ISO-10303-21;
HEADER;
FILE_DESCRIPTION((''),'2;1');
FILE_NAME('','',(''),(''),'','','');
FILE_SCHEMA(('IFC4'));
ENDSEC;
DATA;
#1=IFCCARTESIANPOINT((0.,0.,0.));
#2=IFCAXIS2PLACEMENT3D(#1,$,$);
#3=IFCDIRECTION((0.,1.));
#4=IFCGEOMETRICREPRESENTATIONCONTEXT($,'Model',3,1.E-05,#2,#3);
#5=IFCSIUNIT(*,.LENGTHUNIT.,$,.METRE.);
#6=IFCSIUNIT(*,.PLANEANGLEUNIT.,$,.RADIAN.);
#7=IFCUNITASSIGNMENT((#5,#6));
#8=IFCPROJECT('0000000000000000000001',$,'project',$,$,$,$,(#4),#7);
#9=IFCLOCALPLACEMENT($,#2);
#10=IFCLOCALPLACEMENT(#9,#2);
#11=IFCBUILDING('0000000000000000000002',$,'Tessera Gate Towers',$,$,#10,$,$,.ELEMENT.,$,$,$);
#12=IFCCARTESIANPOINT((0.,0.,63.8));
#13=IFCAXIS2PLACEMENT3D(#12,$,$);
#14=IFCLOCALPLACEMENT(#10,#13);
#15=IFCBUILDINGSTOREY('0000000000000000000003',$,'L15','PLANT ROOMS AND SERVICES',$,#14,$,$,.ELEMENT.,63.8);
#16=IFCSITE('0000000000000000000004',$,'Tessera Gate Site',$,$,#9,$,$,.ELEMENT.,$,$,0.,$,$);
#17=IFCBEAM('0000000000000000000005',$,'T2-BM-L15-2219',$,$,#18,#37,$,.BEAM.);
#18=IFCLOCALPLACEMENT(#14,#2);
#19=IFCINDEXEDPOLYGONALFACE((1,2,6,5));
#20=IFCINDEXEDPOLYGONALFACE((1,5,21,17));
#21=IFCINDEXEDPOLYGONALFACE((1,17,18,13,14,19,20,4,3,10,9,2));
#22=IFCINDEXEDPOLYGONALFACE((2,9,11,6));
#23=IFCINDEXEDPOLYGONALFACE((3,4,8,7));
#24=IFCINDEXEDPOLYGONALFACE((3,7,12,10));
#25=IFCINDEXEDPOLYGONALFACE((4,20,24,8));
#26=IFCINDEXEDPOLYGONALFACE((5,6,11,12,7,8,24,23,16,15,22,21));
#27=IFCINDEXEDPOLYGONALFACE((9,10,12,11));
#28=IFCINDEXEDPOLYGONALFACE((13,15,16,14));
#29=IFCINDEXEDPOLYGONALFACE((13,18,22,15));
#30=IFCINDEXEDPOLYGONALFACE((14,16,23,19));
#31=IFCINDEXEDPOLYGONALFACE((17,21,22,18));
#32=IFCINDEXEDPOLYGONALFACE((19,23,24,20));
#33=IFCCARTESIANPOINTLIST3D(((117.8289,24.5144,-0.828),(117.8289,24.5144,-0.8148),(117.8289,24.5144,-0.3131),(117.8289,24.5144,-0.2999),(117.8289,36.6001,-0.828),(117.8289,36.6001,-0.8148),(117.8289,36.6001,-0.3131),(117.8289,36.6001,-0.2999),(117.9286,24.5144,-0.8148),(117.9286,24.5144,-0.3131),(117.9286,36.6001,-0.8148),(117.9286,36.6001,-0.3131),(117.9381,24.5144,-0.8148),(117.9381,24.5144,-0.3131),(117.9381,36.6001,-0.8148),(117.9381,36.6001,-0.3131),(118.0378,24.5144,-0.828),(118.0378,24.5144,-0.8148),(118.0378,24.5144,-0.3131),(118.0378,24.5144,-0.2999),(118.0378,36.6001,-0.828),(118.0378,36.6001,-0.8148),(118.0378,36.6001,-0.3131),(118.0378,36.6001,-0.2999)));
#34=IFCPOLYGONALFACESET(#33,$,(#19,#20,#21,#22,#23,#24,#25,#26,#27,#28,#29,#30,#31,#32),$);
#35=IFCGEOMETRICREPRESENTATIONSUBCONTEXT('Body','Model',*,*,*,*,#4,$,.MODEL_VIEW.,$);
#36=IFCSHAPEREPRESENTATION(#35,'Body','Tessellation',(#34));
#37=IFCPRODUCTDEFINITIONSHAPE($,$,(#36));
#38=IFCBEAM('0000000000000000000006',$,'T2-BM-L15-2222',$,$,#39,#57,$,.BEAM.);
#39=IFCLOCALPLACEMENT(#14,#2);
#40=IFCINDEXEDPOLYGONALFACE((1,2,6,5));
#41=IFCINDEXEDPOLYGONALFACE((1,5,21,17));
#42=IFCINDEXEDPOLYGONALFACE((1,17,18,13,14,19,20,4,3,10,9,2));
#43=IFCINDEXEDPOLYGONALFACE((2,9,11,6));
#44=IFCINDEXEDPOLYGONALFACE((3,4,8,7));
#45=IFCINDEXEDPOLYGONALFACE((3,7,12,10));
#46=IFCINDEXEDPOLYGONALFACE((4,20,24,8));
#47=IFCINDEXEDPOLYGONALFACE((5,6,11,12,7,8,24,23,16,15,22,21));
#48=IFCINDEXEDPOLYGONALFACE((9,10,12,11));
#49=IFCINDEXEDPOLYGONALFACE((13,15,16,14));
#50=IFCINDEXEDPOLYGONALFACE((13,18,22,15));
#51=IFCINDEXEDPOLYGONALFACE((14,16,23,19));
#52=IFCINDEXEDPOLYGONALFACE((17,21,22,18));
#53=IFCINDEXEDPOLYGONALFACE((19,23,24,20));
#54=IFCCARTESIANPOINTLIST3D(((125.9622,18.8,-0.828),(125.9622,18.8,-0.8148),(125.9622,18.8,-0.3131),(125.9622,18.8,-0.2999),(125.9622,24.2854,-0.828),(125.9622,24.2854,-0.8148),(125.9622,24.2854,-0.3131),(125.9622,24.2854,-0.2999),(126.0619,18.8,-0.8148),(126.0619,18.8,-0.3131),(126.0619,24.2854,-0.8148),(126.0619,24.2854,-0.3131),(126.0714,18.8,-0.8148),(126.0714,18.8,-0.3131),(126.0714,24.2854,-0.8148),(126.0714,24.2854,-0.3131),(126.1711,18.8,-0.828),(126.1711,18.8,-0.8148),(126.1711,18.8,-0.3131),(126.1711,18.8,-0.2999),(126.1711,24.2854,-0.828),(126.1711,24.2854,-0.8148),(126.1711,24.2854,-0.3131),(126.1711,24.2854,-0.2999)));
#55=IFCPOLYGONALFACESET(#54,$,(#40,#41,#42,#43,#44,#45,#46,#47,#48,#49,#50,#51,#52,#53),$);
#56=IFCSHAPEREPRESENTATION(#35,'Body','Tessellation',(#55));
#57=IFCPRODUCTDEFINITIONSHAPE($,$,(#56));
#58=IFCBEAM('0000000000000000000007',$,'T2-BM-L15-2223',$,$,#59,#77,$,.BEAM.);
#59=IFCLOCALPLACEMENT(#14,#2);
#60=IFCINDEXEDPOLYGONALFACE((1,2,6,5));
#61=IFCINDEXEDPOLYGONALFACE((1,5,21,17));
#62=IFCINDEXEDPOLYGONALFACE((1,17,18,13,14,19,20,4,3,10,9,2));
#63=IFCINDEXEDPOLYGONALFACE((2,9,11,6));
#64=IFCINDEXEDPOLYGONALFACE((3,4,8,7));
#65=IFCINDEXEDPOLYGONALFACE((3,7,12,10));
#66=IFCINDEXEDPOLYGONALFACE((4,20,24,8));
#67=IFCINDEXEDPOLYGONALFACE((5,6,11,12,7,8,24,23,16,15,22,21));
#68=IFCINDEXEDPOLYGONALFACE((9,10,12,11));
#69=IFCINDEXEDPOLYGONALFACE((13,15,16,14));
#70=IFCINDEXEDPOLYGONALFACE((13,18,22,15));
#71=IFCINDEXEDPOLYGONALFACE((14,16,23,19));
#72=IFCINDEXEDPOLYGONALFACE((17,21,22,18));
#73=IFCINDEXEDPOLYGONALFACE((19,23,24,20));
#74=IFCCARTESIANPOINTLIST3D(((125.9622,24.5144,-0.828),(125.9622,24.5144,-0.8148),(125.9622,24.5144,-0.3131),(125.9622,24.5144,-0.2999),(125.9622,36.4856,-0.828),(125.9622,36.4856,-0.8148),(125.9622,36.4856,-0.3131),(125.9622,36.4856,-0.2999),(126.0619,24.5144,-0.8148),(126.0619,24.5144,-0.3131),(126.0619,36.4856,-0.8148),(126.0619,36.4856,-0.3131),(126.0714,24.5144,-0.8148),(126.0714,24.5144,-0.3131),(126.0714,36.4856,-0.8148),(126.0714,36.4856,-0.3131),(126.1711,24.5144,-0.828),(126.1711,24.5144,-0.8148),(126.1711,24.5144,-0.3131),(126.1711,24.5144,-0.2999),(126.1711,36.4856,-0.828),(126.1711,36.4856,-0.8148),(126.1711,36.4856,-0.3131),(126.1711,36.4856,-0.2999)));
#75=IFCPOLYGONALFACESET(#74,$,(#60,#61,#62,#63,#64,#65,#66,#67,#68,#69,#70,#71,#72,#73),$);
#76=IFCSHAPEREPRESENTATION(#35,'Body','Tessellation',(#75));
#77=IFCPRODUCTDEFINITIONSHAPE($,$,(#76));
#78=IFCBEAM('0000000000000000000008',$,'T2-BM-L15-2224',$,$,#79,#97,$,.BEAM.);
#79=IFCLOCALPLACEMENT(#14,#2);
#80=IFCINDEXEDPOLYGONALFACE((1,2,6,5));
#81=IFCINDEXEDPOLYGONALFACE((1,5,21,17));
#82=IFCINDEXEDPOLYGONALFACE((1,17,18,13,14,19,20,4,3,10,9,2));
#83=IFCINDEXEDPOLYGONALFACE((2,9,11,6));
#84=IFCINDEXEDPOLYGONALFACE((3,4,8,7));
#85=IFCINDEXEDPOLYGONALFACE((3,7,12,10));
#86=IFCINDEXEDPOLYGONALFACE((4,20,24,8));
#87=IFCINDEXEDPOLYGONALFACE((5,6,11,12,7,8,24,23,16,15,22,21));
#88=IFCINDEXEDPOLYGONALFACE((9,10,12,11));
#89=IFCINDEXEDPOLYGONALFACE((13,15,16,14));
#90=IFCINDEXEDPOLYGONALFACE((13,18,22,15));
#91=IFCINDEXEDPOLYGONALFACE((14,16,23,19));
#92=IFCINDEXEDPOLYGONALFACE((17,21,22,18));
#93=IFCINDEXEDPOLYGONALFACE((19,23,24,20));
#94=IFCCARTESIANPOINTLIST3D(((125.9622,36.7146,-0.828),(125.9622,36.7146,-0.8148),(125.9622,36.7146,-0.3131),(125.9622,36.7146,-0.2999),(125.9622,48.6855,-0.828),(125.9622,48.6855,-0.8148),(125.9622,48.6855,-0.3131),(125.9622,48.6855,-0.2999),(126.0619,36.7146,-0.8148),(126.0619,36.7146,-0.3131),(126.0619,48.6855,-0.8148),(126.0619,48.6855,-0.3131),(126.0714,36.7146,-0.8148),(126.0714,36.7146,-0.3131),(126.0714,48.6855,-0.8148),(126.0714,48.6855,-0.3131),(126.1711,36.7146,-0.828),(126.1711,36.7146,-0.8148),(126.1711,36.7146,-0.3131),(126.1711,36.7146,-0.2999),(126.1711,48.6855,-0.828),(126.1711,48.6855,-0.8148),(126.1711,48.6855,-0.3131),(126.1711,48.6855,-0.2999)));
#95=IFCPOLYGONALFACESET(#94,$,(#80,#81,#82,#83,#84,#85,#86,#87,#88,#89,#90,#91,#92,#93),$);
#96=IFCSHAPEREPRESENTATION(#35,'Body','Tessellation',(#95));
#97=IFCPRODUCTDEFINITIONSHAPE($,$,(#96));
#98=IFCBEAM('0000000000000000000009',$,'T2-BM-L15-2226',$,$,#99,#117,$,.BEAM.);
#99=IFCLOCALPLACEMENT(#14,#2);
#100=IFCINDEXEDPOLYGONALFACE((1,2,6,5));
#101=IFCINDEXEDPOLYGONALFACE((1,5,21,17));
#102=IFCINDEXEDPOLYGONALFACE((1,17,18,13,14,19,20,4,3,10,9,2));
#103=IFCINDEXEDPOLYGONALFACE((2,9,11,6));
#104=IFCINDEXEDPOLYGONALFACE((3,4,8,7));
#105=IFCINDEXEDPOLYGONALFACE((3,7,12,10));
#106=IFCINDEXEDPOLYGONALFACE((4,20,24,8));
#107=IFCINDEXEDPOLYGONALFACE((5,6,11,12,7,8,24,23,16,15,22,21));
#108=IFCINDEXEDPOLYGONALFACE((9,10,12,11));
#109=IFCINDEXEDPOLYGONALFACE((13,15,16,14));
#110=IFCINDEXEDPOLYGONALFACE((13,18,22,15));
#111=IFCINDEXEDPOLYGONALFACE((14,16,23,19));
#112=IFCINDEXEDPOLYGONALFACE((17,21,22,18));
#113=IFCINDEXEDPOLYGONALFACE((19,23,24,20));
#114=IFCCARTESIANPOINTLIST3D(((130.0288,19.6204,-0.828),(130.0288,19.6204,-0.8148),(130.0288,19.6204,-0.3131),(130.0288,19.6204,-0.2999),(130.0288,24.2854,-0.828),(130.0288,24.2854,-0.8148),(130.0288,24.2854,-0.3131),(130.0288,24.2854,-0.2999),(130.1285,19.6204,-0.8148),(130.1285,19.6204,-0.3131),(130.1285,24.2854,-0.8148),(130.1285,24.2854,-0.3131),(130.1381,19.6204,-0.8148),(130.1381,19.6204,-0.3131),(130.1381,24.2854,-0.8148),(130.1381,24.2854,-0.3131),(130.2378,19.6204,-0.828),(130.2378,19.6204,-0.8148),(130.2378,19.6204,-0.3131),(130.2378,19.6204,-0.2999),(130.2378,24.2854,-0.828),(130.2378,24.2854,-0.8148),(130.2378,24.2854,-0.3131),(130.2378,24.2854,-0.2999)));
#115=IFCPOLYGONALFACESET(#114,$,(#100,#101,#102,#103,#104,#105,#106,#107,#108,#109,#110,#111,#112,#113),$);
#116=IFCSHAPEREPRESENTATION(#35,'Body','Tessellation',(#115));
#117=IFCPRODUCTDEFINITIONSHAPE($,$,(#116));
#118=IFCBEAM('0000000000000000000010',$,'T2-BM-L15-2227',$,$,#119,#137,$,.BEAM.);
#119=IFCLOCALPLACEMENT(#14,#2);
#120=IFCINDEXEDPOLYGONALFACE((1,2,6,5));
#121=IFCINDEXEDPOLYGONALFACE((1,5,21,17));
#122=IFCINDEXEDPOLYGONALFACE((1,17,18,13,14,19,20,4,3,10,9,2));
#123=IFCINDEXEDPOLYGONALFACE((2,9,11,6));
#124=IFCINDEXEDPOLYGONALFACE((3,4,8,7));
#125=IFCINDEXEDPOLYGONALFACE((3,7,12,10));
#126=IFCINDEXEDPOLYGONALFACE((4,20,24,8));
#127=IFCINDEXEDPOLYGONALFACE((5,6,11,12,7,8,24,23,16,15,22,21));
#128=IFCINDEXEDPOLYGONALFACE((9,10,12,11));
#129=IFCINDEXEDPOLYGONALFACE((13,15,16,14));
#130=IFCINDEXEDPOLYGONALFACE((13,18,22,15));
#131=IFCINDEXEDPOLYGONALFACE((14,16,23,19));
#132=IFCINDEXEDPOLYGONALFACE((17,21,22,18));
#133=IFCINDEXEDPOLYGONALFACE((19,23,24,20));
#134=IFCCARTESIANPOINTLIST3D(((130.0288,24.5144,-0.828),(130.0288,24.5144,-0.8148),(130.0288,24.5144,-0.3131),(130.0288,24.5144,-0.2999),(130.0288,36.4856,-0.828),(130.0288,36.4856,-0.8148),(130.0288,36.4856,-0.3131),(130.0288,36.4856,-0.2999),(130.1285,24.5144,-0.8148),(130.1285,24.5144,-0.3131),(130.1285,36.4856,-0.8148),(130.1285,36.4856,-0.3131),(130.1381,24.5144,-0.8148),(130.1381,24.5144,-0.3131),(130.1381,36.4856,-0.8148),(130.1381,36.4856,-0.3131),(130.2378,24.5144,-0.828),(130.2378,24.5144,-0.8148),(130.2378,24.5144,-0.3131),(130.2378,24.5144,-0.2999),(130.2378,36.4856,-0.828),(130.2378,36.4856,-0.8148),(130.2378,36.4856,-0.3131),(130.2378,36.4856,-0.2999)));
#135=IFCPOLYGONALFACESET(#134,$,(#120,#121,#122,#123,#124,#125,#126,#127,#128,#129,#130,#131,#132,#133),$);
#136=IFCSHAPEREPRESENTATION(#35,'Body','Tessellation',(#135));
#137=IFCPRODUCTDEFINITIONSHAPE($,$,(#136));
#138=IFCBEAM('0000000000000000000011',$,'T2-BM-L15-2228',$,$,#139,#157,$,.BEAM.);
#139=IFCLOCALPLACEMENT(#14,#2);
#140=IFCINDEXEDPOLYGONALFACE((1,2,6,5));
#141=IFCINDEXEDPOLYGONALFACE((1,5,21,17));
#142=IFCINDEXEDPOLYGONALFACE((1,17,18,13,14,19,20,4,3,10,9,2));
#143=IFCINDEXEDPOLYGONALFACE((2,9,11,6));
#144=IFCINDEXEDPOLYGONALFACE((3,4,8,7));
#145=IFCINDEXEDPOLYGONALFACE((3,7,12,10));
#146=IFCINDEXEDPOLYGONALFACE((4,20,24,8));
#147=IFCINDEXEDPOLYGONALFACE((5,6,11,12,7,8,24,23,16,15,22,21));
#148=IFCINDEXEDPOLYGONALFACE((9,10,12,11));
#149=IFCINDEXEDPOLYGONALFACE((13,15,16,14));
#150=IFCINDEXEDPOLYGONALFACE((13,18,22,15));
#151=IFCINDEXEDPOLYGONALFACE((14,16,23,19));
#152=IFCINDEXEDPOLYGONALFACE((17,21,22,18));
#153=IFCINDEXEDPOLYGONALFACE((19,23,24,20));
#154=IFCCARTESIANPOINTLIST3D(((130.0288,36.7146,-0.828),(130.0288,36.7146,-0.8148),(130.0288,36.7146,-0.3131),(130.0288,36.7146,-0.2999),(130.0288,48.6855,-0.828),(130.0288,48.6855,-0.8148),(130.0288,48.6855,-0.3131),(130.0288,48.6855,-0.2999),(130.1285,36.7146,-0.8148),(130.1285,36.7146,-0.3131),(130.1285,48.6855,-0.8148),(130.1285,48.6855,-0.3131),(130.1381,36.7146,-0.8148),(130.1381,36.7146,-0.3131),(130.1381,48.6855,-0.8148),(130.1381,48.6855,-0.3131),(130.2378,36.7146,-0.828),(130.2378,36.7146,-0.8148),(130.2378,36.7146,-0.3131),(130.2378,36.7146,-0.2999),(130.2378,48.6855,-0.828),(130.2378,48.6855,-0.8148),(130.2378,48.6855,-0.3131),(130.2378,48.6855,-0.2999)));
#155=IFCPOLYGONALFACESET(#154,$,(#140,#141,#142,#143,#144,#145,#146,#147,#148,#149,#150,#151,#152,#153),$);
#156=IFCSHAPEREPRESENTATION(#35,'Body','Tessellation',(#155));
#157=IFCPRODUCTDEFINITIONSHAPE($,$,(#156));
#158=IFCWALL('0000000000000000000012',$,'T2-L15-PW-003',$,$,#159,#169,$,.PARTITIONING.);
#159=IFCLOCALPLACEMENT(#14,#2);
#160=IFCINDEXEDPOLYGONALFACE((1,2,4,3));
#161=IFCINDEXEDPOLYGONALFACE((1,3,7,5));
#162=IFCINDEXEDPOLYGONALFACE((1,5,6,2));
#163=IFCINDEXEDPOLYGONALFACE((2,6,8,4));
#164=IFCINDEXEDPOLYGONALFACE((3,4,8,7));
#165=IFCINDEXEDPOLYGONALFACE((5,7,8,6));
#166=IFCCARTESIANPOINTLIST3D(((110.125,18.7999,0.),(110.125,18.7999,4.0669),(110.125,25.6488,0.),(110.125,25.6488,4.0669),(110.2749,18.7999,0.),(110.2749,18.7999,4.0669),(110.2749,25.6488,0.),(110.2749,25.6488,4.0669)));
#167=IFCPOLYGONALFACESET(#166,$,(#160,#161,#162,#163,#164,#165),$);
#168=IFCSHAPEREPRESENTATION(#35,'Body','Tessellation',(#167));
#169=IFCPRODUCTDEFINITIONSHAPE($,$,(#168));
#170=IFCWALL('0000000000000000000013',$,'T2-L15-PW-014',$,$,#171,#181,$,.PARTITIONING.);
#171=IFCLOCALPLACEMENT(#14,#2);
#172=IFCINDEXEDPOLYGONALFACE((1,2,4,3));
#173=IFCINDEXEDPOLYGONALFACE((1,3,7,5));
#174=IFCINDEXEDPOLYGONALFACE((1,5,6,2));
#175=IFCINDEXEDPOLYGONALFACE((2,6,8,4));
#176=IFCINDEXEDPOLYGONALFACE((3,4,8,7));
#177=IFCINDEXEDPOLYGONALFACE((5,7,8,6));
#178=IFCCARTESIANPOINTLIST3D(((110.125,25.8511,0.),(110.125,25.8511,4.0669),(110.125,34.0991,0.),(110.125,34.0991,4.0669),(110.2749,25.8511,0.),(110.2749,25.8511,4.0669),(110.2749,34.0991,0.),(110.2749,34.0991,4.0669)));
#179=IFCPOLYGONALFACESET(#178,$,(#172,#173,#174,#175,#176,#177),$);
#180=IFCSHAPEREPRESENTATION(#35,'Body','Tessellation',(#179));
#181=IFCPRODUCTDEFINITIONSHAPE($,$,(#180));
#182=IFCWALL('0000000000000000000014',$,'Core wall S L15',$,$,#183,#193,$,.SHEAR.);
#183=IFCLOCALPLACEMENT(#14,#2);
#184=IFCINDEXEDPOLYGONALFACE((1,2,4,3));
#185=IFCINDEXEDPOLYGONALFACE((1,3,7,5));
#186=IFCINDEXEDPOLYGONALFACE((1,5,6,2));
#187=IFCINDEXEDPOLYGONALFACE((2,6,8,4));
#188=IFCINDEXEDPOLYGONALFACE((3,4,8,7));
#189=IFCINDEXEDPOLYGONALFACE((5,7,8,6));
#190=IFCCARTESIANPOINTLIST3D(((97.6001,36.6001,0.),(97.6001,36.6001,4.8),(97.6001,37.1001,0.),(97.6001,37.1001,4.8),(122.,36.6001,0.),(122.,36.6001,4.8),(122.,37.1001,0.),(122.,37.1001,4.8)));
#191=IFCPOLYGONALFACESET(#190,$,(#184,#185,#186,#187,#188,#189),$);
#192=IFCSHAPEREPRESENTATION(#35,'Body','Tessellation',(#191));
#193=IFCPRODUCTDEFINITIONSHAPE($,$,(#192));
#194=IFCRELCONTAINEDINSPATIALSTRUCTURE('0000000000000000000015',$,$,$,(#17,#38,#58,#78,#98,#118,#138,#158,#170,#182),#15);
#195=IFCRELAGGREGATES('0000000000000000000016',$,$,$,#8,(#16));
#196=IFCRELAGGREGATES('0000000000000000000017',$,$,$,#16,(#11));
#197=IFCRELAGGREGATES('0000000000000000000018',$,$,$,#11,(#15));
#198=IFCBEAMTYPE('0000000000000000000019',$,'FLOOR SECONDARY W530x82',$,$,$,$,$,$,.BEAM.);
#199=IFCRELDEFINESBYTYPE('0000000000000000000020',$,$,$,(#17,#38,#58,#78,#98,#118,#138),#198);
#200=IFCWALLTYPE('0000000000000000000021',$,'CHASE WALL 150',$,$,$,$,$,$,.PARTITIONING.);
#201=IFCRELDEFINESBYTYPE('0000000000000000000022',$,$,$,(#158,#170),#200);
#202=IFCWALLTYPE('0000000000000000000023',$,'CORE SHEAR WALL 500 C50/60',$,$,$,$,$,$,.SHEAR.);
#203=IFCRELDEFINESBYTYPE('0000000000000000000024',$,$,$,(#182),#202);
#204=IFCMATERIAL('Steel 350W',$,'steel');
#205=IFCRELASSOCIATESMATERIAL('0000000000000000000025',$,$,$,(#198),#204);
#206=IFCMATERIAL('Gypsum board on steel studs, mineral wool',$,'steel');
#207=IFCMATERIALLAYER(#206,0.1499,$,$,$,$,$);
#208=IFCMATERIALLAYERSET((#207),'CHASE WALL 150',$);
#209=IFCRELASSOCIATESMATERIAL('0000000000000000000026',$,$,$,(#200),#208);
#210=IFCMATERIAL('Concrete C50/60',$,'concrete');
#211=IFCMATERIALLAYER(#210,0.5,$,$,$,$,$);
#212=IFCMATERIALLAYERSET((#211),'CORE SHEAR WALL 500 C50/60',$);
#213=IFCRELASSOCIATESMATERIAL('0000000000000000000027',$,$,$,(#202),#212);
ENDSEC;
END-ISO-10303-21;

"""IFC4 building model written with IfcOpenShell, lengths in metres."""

from ifc_helpers import new_model, si_unit, direction, frame, frame_2d, origin, origin_2d, place, context, subcontext, project, spatial, rectangle, i_section, extrude, material, layer, layer_set, material_profile, profile_set, type_object, element, save


model = new_model("IFC4")

# Units and contexts
model_context = context("Model", 3, precision=1e-05, world=origin(), true_north=direction((0.0, 1.0)))
body_context = subcontext(model_context, "Body", "Model", "MODEL_VIEW")
ifc_project = project(units=[si_unit("LENGTHUNIT", "METRE"), si_unit("PLANEANGLEUNIT", "RADIAN")], contexts=[model_context])

# Site, building, storey
site_placement = place(None, origin())
site = spatial("IfcSite", under=ifc_project, at=site_placement, Name="Tessera Gate Site", CompositionType="ELEMENT", RefElevation=0.0)
building_placement = place(site_placement, origin())
building = spatial("IfcBuilding", under=site, at=building_placement, Name="Tessera Gate Towers", CompositionType="ELEMENT")
storey_placement = place(building_placement, frame((0.0, 0.0, 63.8)))
storey = spatial("IfcBuildingStorey", under=building, at=storey_placement, Name="L15", Description="PLANT ROOMS AND SERVICES", CompositionType="ELEMENT", Elevation=63.8)

# Beams
ifc_material_1 = material(Name="Steel 350W", Category="steel")
ifc_material_profile_1 = material_profile(ifc_material_1, i_section(OverallWidth=0.209, OverallDepth=0.5281, WebThickness=0.0095, FlangeThickness=0.0132, at=origin_2d()), Name="W530x82")
ifc_profile_set_1 = profile_set([ifc_material_profile_1], Name="Steel 350W")
beam_type_1 = type_object("IfcBeamType", Name="FLOOR SECONDARY W530x82", PredefinedType="BEAM", material=ifc_profile_set_1)
beam_1_placement = place(storey_placement, frame((117.9333, 24.5144, -0.564), z_axis=(0.0, 1.0, 0.0), x_axis=(-1.0, 0.0, 0.0)))
element("IfcBeam", 1, at=beam_1_placement, inside=storey, type_object=beam_type_1, Name="T2-BM-L15-2219", PredefinedType="BEAM", context=body_context, shape_type="SweptSolid", body=[
    extrude(i_section(OverallWidth=0.209, OverallDepth=0.5281, WebThickness=0.0095, FlangeThickness=0.0132, at=origin_2d()), origin(), (0.0, 0.0, 1.0), 12.0857),
])
beam_2_placement = place(storey_placement, frame((126.0667, 18.8, -0.564), z_axis=(0.0, 1.0, 0.0), x_axis=(-1.0, 0.0, 0.0)))
element("IfcBeam", 2, at=beam_2_placement, inside=storey, type_object=beam_type_1, Name="T2-BM-L15-2222", PredefinedType="BEAM", context=body_context, shape_type="SweptSolid", body=[
    extrude(i_section(OverallWidth=0.209, OverallDepth=0.5281, WebThickness=0.0095, FlangeThickness=0.0132, at=origin_2d()), origin(), (0.0, 0.0, 1.0), 5.4854),
])
beam_3_placement = place(storey_placement, frame((126.0667, 24.5144, -0.564), z_axis=(0.0, 1.0, 0.0), x_axis=(-1.0, 0.0, 0.0)))
element("IfcBeam", 3, at=beam_3_placement, inside=storey, type_object=beam_type_1, Name="T2-BM-L15-2223", PredefinedType="BEAM", context=body_context, shape_type="SweptSolid", body=[
    extrude(i_section(OverallWidth=0.209, OverallDepth=0.5281, WebThickness=0.0095, FlangeThickness=0.0132, at=origin_2d()), origin(), (0.0, 0.0, 1.0), 11.9712),
])
beam_4_placement = place(storey_placement, frame((126.0667, 36.7146, -0.564), z_axis=(0.0, 1.0, 0.0), x_axis=(-1.0, 0.0, 0.0)))
element("IfcBeam", 4, at=beam_4_placement, inside=storey, type_object=beam_type_1, Name="T2-BM-L15-2224", PredefinedType="BEAM", context=body_context, shape_type="SweptSolid", body=[
    extrude(i_section(OverallWidth=0.209, OverallDepth=0.5281, WebThickness=0.0095, FlangeThickness=0.0132, at=origin_2d()), origin(), (0.0, 0.0, 1.0), 11.9709),
])
beam_5_placement = place(storey_placement, frame((130.1333, 19.6204, -0.564), z_axis=(0.0, 1.0, 0.0), x_axis=(-1.0, 0.0, 0.0)))
element("IfcBeam", 5, at=beam_5_placement, inside=storey, type_object=beam_type_1, Name="T2-BM-L15-2226", PredefinedType="BEAM", context=body_context, shape_type="SweptSolid", body=[
    extrude(i_section(OverallWidth=0.209, OverallDepth=0.5281, WebThickness=0.0095, FlangeThickness=0.0132, at=origin_2d()), origin(), (0.0, 0.0, 1.0), 4.665),
])
beam_6_placement = place(storey_placement, frame((130.1333, 24.5144, -0.564), z_axis=(0.0, 1.0, 0.0), x_axis=(-1.0, 0.0, 0.0)))
element("IfcBeam", 6, at=beam_6_placement, inside=storey, type_object=beam_type_1, Name="T2-BM-L15-2227", PredefinedType="BEAM", context=body_context, shape_type="SweptSolid", body=[
    extrude(i_section(OverallWidth=0.209, OverallDepth=0.5281, WebThickness=0.0095, FlangeThickness=0.0132, at=origin_2d()), origin(), (0.0, 0.0, 1.0), 11.9712),
])
beam_7_placement = place(storey_placement, frame((130.1333, 36.7146, -0.564), z_axis=(0.0, 1.0, 0.0), x_axis=(-1.0, 0.0, 0.0)))
element("IfcBeam", 7, at=beam_7_placement, inside=storey, type_object=beam_type_1, Name="T2-BM-L15-2228", PredefinedType="BEAM", context=body_context, shape_type="SweptSolid", body=[
    extrude(i_section(OverallWidth=0.209, OverallDepth=0.5281, WebThickness=0.0095, FlangeThickness=0.0132, at=origin_2d()), origin(), (0.0, 0.0, 1.0), 11.9709),
])

# Walls
ifc_material_2 = material(Name="Gypsum board on steel studs, mineral wool", Category="steel")
ifc_layer_1 = layer(ifc_material_2, 0.1499)
ifc_layer_set_1 = layer_set([ifc_layer_1], Name="CHASE WALL 150")
wall_type_1 = type_object("IfcWallType", Name="CHASE WALL 150", PredefinedType="PARTITIONING", material=ifc_layer_set_1)
wall_1_placement = place(storey_placement, frame((110.2, 18.8, 0.0), z_axis=(0.0, 0.0, 1.0), x_axis=(0.0, 1.0, 0.0)))
element("IfcWall", 8, at=wall_1_placement, inside=storey, type_object=wall_type_1, Name="T2-L15-PW-003", PredefinedType="PARTITIONING", context=body_context, shape_type="SweptSolid", body=[
    extrude(rectangle(XDim=6.8489, YDim=0.1499, at=frame_2d((3.4243, 0.0))), origin(), (0.0, 0.0, 1.0), 4.0669),
])
wall_2_placement = place(storey_placement, frame((110.2, 25.8511, 0.0), z_axis=(0.0, 0.0, 1.0), x_axis=(0.0, 1.0, 0.0)))
element("IfcWall", 9, at=wall_2_placement, inside=storey, type_object=wall_type_1, Name="T2-L15-PW-014", PredefinedType="PARTITIONING", context=body_context, shape_type="SweptSolid", body=[
    extrude(rectangle(XDim=8.248, YDim=0.1499, at=frame_2d((4.124, 0.0))), origin(), (0.0, 0.0, 1.0), 4.0669),
])
ifc_material_3 = material(Name="Concrete C50/60", Category="concrete")
ifc_layer_2 = layer(ifc_material_3, 0.5)
ifc_layer_set_2 = layer_set([ifc_layer_2], Name="CORE SHEAR WALL 500 C50/60")
wall_type_2 = type_object("IfcWallType", Name="CORE SHEAR WALL 500 C50/60", PredefinedType="SHEAR", material=ifc_layer_set_2)
wall_3_placement = place(storey_placement, frame((122.0, 36.8501, 0.0), z_axis=(0.0, 0.0, 1.0), x_axis=(-1.0, 0.0, 0.0)))
element("IfcWall", 10, at=wall_3_placement, inside=storey, type_object=wall_type_2, Name="Core wall S L15", PredefinedType="SHEAR", context=body_context, shape_type="SweptSolid", body=[
    extrude(rectangle(XDim=24.3999, YDim=0.5, at=frame_2d((12.2, 0.0))), origin(), (0.0, 0.0, 1.0), 4.8),
])

save(model, "model.ifc")
